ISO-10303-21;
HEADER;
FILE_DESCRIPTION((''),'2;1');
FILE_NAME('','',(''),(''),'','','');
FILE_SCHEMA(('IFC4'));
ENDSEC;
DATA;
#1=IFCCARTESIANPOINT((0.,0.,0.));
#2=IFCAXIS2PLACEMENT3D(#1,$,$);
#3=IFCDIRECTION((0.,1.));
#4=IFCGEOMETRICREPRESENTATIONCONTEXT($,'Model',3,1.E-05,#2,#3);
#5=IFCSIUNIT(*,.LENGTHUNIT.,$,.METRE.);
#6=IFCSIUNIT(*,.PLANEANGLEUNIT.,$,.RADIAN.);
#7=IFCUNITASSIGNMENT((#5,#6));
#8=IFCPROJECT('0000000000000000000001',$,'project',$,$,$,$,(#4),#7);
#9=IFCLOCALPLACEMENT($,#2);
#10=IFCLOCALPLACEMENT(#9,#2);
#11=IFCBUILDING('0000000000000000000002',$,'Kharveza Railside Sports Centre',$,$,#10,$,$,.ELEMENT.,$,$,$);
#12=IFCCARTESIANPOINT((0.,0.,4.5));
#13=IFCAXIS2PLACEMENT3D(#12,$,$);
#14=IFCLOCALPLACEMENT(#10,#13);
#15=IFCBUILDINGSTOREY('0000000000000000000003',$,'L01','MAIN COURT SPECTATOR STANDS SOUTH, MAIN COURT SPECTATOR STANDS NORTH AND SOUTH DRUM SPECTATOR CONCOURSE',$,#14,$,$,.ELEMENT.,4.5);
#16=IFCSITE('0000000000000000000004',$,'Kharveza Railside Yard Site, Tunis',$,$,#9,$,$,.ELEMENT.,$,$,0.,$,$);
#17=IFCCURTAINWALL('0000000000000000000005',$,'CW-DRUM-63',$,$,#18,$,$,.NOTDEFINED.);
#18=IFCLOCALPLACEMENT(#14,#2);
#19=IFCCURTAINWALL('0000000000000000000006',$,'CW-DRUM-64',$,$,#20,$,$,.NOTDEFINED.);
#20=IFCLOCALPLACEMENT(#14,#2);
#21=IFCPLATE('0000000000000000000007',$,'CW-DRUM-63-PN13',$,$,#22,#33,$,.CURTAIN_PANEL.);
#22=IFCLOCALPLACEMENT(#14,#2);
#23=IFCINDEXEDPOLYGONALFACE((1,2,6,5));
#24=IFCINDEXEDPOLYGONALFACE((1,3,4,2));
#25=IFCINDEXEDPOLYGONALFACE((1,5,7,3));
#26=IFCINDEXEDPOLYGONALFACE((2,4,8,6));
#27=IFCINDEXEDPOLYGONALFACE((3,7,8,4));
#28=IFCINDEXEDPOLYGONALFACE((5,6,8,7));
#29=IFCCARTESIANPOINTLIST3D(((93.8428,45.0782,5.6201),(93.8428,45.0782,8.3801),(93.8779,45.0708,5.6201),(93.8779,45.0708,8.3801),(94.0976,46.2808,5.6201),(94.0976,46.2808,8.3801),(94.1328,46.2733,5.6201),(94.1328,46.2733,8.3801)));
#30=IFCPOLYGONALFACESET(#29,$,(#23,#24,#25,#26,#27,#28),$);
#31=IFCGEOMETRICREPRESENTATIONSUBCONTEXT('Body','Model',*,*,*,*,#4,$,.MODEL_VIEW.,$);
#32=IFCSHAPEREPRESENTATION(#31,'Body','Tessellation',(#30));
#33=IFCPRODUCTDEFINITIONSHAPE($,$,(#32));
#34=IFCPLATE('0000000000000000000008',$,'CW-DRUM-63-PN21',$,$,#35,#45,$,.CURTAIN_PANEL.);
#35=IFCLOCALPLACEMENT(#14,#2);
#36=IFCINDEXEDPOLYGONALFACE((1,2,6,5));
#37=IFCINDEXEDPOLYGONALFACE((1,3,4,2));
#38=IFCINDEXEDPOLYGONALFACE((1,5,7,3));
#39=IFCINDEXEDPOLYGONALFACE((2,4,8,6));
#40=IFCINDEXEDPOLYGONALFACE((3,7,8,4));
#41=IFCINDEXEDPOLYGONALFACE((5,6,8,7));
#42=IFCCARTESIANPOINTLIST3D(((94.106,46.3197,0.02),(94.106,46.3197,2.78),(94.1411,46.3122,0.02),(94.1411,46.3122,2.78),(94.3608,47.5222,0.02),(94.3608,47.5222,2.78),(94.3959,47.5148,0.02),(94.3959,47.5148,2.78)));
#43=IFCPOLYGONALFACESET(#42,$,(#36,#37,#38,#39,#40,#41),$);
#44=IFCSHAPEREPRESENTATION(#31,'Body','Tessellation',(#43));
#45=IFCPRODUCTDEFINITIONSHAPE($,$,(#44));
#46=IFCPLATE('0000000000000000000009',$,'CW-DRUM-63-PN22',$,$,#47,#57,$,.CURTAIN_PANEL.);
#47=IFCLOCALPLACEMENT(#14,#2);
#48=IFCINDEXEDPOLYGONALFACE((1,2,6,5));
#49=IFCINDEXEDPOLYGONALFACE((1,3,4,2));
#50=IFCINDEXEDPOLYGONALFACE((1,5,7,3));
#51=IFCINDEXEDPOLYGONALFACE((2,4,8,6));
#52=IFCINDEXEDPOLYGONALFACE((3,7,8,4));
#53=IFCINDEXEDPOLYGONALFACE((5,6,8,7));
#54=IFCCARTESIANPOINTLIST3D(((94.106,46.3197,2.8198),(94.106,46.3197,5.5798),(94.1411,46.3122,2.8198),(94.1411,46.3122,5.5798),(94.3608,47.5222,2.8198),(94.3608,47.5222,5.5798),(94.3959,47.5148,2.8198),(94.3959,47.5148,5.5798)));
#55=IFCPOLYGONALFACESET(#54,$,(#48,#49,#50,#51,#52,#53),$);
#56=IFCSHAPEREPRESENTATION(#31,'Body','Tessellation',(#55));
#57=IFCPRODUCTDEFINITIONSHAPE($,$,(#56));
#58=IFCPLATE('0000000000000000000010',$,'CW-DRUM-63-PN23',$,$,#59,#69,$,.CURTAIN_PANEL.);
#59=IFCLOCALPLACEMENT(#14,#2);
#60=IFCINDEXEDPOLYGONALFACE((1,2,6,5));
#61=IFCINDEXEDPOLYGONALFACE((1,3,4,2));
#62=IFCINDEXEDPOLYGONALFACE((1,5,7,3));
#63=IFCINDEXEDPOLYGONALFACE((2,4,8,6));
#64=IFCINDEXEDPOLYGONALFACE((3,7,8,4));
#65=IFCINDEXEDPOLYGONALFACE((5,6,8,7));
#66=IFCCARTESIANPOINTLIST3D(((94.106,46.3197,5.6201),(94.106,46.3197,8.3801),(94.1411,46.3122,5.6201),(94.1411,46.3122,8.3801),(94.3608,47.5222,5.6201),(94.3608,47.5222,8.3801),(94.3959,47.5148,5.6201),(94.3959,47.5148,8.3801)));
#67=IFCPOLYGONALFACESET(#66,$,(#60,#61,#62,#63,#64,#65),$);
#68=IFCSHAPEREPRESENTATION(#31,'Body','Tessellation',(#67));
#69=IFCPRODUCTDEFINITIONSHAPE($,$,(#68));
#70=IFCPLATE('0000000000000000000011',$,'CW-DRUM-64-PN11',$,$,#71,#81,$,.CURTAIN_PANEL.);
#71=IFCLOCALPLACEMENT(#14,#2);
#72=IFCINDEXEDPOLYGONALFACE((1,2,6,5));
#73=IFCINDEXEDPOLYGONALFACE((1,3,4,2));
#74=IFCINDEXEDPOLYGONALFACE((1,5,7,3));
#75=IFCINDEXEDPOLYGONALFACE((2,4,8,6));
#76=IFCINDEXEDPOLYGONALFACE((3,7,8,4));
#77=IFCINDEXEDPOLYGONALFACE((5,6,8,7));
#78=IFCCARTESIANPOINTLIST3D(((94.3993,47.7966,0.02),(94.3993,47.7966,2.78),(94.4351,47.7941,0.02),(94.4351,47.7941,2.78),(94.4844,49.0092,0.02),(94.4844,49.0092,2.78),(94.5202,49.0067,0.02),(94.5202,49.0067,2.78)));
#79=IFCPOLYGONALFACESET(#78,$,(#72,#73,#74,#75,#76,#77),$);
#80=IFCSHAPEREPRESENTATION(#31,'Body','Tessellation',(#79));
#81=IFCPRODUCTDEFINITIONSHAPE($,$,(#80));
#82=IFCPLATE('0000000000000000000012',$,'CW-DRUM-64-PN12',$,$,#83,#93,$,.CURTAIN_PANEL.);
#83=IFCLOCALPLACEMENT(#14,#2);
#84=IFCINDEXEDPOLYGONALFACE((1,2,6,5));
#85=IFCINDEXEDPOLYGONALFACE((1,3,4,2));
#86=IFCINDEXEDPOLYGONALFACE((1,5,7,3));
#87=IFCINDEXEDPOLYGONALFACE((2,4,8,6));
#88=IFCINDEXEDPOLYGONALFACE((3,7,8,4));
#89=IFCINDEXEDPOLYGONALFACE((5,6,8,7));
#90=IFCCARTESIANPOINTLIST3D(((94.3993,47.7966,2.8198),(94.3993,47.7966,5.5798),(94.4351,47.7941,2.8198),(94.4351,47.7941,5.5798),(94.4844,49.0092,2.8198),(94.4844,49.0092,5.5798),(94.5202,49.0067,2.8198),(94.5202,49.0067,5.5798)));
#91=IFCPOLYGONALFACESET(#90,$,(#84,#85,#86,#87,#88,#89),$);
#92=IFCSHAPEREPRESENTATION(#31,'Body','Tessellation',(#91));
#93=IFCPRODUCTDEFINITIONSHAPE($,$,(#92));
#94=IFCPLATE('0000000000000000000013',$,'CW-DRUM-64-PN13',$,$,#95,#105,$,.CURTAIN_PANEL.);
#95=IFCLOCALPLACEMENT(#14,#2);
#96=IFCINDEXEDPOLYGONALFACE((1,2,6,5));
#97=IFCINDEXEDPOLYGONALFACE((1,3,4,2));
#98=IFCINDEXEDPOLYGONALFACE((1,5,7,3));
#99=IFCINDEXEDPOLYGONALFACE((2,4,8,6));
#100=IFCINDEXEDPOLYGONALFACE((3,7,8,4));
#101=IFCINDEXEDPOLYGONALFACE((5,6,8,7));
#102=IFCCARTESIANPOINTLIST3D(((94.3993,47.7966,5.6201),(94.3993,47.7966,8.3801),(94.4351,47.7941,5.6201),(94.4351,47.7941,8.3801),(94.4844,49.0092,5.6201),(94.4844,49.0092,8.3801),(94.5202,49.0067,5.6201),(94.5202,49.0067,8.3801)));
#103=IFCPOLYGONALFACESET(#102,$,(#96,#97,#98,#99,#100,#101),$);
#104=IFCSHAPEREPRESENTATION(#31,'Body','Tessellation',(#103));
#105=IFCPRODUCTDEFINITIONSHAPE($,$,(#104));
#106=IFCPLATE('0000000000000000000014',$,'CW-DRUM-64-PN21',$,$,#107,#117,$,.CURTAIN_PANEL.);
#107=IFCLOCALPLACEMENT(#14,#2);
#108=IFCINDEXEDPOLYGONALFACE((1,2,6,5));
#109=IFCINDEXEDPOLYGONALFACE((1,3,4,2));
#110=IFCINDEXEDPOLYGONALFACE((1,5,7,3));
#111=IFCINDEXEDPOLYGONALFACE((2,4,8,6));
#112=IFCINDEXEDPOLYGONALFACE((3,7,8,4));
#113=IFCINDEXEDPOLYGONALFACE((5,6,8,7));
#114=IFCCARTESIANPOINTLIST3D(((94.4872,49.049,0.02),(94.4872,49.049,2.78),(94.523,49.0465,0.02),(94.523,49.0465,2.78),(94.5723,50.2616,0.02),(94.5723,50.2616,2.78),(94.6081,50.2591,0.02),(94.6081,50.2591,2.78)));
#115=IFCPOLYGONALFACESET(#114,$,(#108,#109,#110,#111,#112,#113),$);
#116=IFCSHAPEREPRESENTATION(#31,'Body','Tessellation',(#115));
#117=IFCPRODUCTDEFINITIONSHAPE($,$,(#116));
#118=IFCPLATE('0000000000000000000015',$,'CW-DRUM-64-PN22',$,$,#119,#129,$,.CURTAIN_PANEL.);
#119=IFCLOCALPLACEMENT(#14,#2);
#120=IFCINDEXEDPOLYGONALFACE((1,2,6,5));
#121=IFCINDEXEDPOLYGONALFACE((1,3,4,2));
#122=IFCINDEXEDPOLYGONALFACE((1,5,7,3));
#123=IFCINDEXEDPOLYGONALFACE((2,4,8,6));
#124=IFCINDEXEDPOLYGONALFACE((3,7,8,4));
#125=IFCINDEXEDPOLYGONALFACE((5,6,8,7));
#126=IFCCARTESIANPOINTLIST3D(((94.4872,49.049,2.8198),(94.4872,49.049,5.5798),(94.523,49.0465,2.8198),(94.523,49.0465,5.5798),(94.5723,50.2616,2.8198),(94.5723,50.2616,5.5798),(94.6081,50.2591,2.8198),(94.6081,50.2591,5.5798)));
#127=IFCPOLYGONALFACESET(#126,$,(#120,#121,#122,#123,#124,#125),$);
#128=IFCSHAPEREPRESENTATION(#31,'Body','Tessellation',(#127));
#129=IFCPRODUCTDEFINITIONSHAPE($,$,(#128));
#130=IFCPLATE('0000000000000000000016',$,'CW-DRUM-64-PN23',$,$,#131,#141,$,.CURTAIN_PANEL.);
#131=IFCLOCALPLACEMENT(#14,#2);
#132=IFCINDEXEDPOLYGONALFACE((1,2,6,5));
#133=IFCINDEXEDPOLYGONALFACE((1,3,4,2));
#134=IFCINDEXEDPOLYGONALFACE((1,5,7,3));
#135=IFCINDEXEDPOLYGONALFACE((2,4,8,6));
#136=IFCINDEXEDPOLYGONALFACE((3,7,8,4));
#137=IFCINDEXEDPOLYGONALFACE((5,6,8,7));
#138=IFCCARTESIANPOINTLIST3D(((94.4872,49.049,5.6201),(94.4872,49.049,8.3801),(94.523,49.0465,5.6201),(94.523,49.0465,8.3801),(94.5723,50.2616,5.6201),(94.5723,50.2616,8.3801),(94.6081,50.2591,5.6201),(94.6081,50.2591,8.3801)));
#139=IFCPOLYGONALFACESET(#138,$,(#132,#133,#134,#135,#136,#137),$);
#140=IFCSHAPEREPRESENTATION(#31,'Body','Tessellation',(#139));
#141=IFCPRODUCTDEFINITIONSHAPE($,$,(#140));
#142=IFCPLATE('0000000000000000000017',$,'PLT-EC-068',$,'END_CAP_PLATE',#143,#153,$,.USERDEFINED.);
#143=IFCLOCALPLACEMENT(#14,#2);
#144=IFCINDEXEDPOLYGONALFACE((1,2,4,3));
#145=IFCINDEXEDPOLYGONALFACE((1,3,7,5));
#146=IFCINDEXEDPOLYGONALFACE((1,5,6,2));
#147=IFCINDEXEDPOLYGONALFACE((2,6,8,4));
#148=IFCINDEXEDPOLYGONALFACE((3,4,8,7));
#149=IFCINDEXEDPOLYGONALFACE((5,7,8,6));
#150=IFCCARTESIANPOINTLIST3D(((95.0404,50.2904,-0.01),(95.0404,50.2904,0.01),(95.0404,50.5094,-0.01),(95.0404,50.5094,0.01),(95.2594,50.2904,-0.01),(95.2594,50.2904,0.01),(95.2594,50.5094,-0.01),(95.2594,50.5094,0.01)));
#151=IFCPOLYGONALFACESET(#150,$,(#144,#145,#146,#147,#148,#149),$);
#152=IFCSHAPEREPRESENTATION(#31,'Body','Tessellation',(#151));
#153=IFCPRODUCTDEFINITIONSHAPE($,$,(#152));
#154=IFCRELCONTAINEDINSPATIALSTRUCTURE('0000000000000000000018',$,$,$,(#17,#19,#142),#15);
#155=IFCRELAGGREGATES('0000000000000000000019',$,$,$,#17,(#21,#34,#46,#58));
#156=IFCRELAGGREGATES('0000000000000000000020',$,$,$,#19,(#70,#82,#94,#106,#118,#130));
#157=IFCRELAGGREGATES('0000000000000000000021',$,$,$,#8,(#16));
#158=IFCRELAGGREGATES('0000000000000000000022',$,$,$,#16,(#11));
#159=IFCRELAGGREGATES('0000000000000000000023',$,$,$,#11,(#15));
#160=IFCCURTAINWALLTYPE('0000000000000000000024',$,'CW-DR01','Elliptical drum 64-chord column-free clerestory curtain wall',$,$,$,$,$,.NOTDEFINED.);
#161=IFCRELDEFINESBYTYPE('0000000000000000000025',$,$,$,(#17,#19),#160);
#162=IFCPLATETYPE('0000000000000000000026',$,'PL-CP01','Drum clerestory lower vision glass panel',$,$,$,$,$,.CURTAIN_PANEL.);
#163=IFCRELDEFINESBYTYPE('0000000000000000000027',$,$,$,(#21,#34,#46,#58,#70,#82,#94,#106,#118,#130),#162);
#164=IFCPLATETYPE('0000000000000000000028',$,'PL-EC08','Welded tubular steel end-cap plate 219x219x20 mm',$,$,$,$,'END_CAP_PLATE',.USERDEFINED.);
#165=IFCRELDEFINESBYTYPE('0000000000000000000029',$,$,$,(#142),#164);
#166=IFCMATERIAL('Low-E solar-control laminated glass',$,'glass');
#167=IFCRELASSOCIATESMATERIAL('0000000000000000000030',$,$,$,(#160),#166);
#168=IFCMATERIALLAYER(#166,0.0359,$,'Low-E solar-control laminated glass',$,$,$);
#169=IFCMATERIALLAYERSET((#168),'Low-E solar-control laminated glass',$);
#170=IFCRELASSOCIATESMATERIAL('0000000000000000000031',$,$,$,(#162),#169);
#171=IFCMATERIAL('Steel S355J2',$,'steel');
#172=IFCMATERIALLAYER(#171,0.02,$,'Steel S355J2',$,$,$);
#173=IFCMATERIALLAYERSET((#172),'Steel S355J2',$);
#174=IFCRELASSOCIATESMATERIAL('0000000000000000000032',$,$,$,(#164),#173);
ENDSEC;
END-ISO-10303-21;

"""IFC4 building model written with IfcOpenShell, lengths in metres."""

from ifc_helpers import new_model, si_unit, direction, frame, origin, origin_2d, place, context, subcontext, project, spatial, rectangle, extrude, material, layer, layer_set, type_object, element, aggregate, save


model = new_model("IFC4")

# Units and contexts
model_context = context("Model", 3, precision=1e-05, world=origin(), true_north=direction((0.0, 1.0)))
body_context = subcontext(model_context, "Body", "Model", "MODEL_VIEW")
ifc_project = project(units=[si_unit("LENGTHUNIT", "METRE"), si_unit("PLANEANGLEUNIT", "RADIAN")], contexts=[model_context])

# Site, building, storey
site_placement = place(None, origin())
site = spatial("IfcSite", under=ifc_project, at=site_placement, Name="Kharveza Railside Yard Site, Tunis", CompositionType="ELEMENT", RefElevation=0.0)
building_placement = place(site_placement, origin())
building = spatial("IfcBuilding", under=site, at=building_placement, Name="Kharveza Railside Sports Centre", CompositionType="ELEMENT")
storey_placement = place(building_placement, frame((0.0, 0.0, 4.5)))
storey = spatial("IfcBuildingStorey", under=building, at=storey_placement, Name="L01", Description="MAIN COURT SPECTATOR STANDS SOUTH, MAIN COURT SPECTATOR STANDS NORTH AND SOUTH DRUM SPECTATOR CONCOURSE", CompositionType="ELEMENT", Elevation=4.5)

# Shared definitions
ifc_material_1 = material(Name="Steel S355J2", Category="steel")

# Shared definitions
ifc_material_2 = material(Name="Low-E solar-control laminated glass", Category="glass")
curtain_wall_type = type_object("IfcCurtainWallType", Name="CW-DR01", Description="Elliptical drum 64-chord column-free clerestory curtain wall", PredefinedType="NOTDEFINED", material=ifc_material_2)

# Curtain walls
curtain_wall_1_placement = place(storey_placement, origin())
curtain_wall_1 = element("IfcCurtainWall", 1, at=curtain_wall_1_placement, inside=storey, type_object=curtain_wall_type, Name="CW-DRUM-63", PredefinedType="NOTDEFINED")
curtain_wall_2_placement = place(storey_placement, origin())
curtain_wall_2 = element("IfcCurtainWall", 2, at=curtain_wall_2_placement, inside=storey, type_object=curtain_wall_type, Name="CW-DRUM-64", PredefinedType="NOTDEFINED")

# Plates
ifc_layer_1 = layer(ifc_material_2, 0.0359, Name="Low-E solar-control laminated glass")
ifc_layer_set_1 = layer_set([ifc_layer_1], Name="Low-E solar-control laminated glass")
plate_type_1 = type_object("IfcPlateType", Name="PL-CP01", Description="Drum clerestory lower vision glass panel", PredefinedType="CURTAIN_PANEL", material=ifc_layer_set_1)
plate_1_placement = place(storey_placement, frame((93.9878, 45.6758, 5.6201), z_axis=(0.0, 0.0, 1.0), x_axis=(0.207297, 0.978278, 0.0)))
plate_1 = element("IfcPlate", 3, at=plate_1_placement, type_object=plate_type_1, Name="CW-DRUM-63-PN13", PredefinedType="CURTAIN_PANEL", context=body_context, shape_type="SweptSolid", body=[
    extrude(rectangle(XDim=1.2292, YDim=0.0359, at=origin_2d()), origin(), (0.0, 0.0, 1.0), 2.76),
])
plate_2_placement = place(storey_placement, frame((94.251, 46.9172, 0.02), z_axis=(0.0, 0.0, 1.0), x_axis=(0.207297, 0.978278, 0.0)))
plate_2 = element("IfcPlate", 4, at=plate_2_placement, type_object=plate_type_1, Name="CW-DRUM-63-PN21", PredefinedType="CURTAIN_PANEL", context=body_context, shape_type="SweptSolid", body=[
    extrude(rectangle(XDim=1.2292, YDim=0.0359, at=origin_2d()), origin(), (0.0, 0.0, 1.0), 2.76),
])
plate_3_placement = place(storey_placement, frame((94.251, 46.9172, 2.8198), z_axis=(0.0, 0.0, 1.0), x_axis=(0.207297, 0.978278, 0.0)))
plate_3 = element("IfcPlate", 5, at=plate_3_placement, type_object=plate_type_1, Name="CW-DRUM-63-PN22", PredefinedType="CURTAIN_PANEL", context=body_context, shape_type="SweptSolid", body=[
    extrude(rectangle(XDim=1.2292, YDim=0.0359, at=origin_2d()), origin(), (0.0, 0.0, 1.0), 2.76),
])
plate_4_placement = place(storey_placement, frame((94.251, 46.9172, 5.6201), z_axis=(0.0, 0.0, 1.0), x_axis=(0.207297, 0.978278, 0.0)))
plate_4 = element("IfcPlate", 6, at=plate_4_placement, type_object=plate_type_1, Name="CW-DRUM-63-PN23", PredefinedType="CURTAIN_PANEL", context=body_context, shape_type="SweptSolid", body=[
    extrude(rectangle(XDim=1.2292, YDim=0.0359, at=origin_2d()), origin(), (0.0, 0.0, 1.0), 2.76),
])
aggregate(curtain_wall_1, [plate_1, plate_2, plate_3, plate_4])
plate_5_placement = place(storey_placement, frame((94.4597, 48.4016, 0.02), z_axis=(0.0, 0.0, 1.0), x_axis=(0.070018, 0.997546, 0.0)))
plate_5 = element("IfcPlate", 7, at=plate_5_placement, type_object=plate_type_1, Name="CW-DRUM-64-PN11", PredefinedType="CURTAIN_PANEL", context=body_context, shape_type="SweptSolid", body=[
    extrude(rectangle(XDim=1.2156, YDim=0.0359, at=origin_2d()), origin(), (0.0, 0.0, 1.0), 2.76),
])
plate_6_placement = place(storey_placement, frame((94.4597, 48.4016, 2.8198), z_axis=(0.0, 0.0, 1.0), x_axis=(0.070018, 0.997546, 0.0)))
plate_6 = element("IfcPlate", 8, at=plate_6_placement, type_object=plate_type_1, Name="CW-DRUM-64-PN12", PredefinedType="CURTAIN_PANEL", context=body_context, shape_type="SweptSolid", body=[
    extrude(rectangle(XDim=1.2156, YDim=0.0359, at=origin_2d()), origin(), (0.0, 0.0, 1.0), 2.76),
])
plate_7_placement = place(storey_placement, frame((94.4597, 48.4016, 5.6201), z_axis=(0.0, 0.0, 1.0), x_axis=(0.070018, 0.997546, 0.0)))
plate_7 = element("IfcPlate", 9, at=plate_7_placement, type_object=plate_type_1, Name="CW-DRUM-64-PN13", PredefinedType="CURTAIN_PANEL", context=body_context, shape_type="SweptSolid", body=[
    extrude(rectangle(XDim=1.2156, YDim=0.0359, at=origin_2d()), origin(), (0.0, 0.0, 1.0), 2.76),
])
plate_8_placement = place(storey_placement, frame((94.5476, 49.6541, 0.02), z_axis=(0.0, 0.0, 1.0), x_axis=(0.070018, 0.997546, 0.0)))
plate_8 = element("IfcPlate", 10, at=plate_8_placement, type_object=plate_type_1, Name="CW-DRUM-64-PN21", PredefinedType="CURTAIN_PANEL", context=body_context, shape_type="SweptSolid", body=[
    extrude(rectangle(XDim=1.2156, YDim=0.0359, at=origin_2d()), origin(), (0.0, 0.0, 1.0), 2.76),
])
plate_9_placement = place(storey_placement, frame((94.5476, 49.6541, 2.8198), z_axis=(0.0, 0.0, 1.0), x_axis=(0.070018, 0.997546, 0.0)))
plate_9 = element("IfcPlate", 11, at=plate_9_placement, type_object=plate_type_1, Name="CW-DRUM-64-PN22", PredefinedType="CURTAIN_PANEL", context=body_context, shape_type="SweptSolid", body=[
    extrude(rectangle(XDim=1.2156, YDim=0.0359, at=origin_2d()), origin(), (0.0, 0.0, 1.0), 2.76),
])
plate_10_placement = place(storey_placement, frame((94.5476, 49.6541, 5.6201), z_axis=(0.0, 0.0, 1.0), x_axis=(0.070018, 0.997546, 0.0)))
plate_10 = element("IfcPlate", 12, at=plate_10_placement, type_object=plate_type_1, Name="CW-DRUM-64-PN23", PredefinedType="CURTAIN_PANEL", context=body_context, shape_type="SweptSolid", body=[
    extrude(rectangle(XDim=1.2156, YDim=0.0359, at=origin_2d()), origin(), (0.0, 0.0, 1.0), 2.76),
])
aggregate(curtain_wall_2, [plate_5, plate_6, plate_7, plate_8, plate_9, plate_10])
ifc_layer_2 = layer(ifc_material_1, 0.02, Name="Steel S355J2")
ifc_layer_set_2 = layer_set([ifc_layer_2], Name="Steel S355J2")
plate_type_2 = type_object("IfcPlateType", Name="PL-EC08", Description="Welded tubular steel end-cap plate 219x219x20 mm", ElementType="END_CAP_PLATE", PredefinedType="USERDEFINED", material=ifc_layer_set_2)
plate_11_placement = place(storey_placement, frame((95.1499, 50.3999, -0.01), z_axis=(0.0, 0.0, 1.0), x_axis=(1.0, 0.0, 0.0)))
element("IfcPlate", 13, at=plate_11_placement, inside=storey, type_object=plate_type_2, Name="PLT-EC-068", ObjectType="END_CAP_PLATE", PredefinedType="USERDEFINED", context=body_context, shape_type="SweptSolid", body=[
    extrude(rectangle(XDim=0.219, YDim=0.219, at=origin_2d()), origin(), (0.0, 0.0, 1.0), 0.02),
])

save(model, "model.ifc")
